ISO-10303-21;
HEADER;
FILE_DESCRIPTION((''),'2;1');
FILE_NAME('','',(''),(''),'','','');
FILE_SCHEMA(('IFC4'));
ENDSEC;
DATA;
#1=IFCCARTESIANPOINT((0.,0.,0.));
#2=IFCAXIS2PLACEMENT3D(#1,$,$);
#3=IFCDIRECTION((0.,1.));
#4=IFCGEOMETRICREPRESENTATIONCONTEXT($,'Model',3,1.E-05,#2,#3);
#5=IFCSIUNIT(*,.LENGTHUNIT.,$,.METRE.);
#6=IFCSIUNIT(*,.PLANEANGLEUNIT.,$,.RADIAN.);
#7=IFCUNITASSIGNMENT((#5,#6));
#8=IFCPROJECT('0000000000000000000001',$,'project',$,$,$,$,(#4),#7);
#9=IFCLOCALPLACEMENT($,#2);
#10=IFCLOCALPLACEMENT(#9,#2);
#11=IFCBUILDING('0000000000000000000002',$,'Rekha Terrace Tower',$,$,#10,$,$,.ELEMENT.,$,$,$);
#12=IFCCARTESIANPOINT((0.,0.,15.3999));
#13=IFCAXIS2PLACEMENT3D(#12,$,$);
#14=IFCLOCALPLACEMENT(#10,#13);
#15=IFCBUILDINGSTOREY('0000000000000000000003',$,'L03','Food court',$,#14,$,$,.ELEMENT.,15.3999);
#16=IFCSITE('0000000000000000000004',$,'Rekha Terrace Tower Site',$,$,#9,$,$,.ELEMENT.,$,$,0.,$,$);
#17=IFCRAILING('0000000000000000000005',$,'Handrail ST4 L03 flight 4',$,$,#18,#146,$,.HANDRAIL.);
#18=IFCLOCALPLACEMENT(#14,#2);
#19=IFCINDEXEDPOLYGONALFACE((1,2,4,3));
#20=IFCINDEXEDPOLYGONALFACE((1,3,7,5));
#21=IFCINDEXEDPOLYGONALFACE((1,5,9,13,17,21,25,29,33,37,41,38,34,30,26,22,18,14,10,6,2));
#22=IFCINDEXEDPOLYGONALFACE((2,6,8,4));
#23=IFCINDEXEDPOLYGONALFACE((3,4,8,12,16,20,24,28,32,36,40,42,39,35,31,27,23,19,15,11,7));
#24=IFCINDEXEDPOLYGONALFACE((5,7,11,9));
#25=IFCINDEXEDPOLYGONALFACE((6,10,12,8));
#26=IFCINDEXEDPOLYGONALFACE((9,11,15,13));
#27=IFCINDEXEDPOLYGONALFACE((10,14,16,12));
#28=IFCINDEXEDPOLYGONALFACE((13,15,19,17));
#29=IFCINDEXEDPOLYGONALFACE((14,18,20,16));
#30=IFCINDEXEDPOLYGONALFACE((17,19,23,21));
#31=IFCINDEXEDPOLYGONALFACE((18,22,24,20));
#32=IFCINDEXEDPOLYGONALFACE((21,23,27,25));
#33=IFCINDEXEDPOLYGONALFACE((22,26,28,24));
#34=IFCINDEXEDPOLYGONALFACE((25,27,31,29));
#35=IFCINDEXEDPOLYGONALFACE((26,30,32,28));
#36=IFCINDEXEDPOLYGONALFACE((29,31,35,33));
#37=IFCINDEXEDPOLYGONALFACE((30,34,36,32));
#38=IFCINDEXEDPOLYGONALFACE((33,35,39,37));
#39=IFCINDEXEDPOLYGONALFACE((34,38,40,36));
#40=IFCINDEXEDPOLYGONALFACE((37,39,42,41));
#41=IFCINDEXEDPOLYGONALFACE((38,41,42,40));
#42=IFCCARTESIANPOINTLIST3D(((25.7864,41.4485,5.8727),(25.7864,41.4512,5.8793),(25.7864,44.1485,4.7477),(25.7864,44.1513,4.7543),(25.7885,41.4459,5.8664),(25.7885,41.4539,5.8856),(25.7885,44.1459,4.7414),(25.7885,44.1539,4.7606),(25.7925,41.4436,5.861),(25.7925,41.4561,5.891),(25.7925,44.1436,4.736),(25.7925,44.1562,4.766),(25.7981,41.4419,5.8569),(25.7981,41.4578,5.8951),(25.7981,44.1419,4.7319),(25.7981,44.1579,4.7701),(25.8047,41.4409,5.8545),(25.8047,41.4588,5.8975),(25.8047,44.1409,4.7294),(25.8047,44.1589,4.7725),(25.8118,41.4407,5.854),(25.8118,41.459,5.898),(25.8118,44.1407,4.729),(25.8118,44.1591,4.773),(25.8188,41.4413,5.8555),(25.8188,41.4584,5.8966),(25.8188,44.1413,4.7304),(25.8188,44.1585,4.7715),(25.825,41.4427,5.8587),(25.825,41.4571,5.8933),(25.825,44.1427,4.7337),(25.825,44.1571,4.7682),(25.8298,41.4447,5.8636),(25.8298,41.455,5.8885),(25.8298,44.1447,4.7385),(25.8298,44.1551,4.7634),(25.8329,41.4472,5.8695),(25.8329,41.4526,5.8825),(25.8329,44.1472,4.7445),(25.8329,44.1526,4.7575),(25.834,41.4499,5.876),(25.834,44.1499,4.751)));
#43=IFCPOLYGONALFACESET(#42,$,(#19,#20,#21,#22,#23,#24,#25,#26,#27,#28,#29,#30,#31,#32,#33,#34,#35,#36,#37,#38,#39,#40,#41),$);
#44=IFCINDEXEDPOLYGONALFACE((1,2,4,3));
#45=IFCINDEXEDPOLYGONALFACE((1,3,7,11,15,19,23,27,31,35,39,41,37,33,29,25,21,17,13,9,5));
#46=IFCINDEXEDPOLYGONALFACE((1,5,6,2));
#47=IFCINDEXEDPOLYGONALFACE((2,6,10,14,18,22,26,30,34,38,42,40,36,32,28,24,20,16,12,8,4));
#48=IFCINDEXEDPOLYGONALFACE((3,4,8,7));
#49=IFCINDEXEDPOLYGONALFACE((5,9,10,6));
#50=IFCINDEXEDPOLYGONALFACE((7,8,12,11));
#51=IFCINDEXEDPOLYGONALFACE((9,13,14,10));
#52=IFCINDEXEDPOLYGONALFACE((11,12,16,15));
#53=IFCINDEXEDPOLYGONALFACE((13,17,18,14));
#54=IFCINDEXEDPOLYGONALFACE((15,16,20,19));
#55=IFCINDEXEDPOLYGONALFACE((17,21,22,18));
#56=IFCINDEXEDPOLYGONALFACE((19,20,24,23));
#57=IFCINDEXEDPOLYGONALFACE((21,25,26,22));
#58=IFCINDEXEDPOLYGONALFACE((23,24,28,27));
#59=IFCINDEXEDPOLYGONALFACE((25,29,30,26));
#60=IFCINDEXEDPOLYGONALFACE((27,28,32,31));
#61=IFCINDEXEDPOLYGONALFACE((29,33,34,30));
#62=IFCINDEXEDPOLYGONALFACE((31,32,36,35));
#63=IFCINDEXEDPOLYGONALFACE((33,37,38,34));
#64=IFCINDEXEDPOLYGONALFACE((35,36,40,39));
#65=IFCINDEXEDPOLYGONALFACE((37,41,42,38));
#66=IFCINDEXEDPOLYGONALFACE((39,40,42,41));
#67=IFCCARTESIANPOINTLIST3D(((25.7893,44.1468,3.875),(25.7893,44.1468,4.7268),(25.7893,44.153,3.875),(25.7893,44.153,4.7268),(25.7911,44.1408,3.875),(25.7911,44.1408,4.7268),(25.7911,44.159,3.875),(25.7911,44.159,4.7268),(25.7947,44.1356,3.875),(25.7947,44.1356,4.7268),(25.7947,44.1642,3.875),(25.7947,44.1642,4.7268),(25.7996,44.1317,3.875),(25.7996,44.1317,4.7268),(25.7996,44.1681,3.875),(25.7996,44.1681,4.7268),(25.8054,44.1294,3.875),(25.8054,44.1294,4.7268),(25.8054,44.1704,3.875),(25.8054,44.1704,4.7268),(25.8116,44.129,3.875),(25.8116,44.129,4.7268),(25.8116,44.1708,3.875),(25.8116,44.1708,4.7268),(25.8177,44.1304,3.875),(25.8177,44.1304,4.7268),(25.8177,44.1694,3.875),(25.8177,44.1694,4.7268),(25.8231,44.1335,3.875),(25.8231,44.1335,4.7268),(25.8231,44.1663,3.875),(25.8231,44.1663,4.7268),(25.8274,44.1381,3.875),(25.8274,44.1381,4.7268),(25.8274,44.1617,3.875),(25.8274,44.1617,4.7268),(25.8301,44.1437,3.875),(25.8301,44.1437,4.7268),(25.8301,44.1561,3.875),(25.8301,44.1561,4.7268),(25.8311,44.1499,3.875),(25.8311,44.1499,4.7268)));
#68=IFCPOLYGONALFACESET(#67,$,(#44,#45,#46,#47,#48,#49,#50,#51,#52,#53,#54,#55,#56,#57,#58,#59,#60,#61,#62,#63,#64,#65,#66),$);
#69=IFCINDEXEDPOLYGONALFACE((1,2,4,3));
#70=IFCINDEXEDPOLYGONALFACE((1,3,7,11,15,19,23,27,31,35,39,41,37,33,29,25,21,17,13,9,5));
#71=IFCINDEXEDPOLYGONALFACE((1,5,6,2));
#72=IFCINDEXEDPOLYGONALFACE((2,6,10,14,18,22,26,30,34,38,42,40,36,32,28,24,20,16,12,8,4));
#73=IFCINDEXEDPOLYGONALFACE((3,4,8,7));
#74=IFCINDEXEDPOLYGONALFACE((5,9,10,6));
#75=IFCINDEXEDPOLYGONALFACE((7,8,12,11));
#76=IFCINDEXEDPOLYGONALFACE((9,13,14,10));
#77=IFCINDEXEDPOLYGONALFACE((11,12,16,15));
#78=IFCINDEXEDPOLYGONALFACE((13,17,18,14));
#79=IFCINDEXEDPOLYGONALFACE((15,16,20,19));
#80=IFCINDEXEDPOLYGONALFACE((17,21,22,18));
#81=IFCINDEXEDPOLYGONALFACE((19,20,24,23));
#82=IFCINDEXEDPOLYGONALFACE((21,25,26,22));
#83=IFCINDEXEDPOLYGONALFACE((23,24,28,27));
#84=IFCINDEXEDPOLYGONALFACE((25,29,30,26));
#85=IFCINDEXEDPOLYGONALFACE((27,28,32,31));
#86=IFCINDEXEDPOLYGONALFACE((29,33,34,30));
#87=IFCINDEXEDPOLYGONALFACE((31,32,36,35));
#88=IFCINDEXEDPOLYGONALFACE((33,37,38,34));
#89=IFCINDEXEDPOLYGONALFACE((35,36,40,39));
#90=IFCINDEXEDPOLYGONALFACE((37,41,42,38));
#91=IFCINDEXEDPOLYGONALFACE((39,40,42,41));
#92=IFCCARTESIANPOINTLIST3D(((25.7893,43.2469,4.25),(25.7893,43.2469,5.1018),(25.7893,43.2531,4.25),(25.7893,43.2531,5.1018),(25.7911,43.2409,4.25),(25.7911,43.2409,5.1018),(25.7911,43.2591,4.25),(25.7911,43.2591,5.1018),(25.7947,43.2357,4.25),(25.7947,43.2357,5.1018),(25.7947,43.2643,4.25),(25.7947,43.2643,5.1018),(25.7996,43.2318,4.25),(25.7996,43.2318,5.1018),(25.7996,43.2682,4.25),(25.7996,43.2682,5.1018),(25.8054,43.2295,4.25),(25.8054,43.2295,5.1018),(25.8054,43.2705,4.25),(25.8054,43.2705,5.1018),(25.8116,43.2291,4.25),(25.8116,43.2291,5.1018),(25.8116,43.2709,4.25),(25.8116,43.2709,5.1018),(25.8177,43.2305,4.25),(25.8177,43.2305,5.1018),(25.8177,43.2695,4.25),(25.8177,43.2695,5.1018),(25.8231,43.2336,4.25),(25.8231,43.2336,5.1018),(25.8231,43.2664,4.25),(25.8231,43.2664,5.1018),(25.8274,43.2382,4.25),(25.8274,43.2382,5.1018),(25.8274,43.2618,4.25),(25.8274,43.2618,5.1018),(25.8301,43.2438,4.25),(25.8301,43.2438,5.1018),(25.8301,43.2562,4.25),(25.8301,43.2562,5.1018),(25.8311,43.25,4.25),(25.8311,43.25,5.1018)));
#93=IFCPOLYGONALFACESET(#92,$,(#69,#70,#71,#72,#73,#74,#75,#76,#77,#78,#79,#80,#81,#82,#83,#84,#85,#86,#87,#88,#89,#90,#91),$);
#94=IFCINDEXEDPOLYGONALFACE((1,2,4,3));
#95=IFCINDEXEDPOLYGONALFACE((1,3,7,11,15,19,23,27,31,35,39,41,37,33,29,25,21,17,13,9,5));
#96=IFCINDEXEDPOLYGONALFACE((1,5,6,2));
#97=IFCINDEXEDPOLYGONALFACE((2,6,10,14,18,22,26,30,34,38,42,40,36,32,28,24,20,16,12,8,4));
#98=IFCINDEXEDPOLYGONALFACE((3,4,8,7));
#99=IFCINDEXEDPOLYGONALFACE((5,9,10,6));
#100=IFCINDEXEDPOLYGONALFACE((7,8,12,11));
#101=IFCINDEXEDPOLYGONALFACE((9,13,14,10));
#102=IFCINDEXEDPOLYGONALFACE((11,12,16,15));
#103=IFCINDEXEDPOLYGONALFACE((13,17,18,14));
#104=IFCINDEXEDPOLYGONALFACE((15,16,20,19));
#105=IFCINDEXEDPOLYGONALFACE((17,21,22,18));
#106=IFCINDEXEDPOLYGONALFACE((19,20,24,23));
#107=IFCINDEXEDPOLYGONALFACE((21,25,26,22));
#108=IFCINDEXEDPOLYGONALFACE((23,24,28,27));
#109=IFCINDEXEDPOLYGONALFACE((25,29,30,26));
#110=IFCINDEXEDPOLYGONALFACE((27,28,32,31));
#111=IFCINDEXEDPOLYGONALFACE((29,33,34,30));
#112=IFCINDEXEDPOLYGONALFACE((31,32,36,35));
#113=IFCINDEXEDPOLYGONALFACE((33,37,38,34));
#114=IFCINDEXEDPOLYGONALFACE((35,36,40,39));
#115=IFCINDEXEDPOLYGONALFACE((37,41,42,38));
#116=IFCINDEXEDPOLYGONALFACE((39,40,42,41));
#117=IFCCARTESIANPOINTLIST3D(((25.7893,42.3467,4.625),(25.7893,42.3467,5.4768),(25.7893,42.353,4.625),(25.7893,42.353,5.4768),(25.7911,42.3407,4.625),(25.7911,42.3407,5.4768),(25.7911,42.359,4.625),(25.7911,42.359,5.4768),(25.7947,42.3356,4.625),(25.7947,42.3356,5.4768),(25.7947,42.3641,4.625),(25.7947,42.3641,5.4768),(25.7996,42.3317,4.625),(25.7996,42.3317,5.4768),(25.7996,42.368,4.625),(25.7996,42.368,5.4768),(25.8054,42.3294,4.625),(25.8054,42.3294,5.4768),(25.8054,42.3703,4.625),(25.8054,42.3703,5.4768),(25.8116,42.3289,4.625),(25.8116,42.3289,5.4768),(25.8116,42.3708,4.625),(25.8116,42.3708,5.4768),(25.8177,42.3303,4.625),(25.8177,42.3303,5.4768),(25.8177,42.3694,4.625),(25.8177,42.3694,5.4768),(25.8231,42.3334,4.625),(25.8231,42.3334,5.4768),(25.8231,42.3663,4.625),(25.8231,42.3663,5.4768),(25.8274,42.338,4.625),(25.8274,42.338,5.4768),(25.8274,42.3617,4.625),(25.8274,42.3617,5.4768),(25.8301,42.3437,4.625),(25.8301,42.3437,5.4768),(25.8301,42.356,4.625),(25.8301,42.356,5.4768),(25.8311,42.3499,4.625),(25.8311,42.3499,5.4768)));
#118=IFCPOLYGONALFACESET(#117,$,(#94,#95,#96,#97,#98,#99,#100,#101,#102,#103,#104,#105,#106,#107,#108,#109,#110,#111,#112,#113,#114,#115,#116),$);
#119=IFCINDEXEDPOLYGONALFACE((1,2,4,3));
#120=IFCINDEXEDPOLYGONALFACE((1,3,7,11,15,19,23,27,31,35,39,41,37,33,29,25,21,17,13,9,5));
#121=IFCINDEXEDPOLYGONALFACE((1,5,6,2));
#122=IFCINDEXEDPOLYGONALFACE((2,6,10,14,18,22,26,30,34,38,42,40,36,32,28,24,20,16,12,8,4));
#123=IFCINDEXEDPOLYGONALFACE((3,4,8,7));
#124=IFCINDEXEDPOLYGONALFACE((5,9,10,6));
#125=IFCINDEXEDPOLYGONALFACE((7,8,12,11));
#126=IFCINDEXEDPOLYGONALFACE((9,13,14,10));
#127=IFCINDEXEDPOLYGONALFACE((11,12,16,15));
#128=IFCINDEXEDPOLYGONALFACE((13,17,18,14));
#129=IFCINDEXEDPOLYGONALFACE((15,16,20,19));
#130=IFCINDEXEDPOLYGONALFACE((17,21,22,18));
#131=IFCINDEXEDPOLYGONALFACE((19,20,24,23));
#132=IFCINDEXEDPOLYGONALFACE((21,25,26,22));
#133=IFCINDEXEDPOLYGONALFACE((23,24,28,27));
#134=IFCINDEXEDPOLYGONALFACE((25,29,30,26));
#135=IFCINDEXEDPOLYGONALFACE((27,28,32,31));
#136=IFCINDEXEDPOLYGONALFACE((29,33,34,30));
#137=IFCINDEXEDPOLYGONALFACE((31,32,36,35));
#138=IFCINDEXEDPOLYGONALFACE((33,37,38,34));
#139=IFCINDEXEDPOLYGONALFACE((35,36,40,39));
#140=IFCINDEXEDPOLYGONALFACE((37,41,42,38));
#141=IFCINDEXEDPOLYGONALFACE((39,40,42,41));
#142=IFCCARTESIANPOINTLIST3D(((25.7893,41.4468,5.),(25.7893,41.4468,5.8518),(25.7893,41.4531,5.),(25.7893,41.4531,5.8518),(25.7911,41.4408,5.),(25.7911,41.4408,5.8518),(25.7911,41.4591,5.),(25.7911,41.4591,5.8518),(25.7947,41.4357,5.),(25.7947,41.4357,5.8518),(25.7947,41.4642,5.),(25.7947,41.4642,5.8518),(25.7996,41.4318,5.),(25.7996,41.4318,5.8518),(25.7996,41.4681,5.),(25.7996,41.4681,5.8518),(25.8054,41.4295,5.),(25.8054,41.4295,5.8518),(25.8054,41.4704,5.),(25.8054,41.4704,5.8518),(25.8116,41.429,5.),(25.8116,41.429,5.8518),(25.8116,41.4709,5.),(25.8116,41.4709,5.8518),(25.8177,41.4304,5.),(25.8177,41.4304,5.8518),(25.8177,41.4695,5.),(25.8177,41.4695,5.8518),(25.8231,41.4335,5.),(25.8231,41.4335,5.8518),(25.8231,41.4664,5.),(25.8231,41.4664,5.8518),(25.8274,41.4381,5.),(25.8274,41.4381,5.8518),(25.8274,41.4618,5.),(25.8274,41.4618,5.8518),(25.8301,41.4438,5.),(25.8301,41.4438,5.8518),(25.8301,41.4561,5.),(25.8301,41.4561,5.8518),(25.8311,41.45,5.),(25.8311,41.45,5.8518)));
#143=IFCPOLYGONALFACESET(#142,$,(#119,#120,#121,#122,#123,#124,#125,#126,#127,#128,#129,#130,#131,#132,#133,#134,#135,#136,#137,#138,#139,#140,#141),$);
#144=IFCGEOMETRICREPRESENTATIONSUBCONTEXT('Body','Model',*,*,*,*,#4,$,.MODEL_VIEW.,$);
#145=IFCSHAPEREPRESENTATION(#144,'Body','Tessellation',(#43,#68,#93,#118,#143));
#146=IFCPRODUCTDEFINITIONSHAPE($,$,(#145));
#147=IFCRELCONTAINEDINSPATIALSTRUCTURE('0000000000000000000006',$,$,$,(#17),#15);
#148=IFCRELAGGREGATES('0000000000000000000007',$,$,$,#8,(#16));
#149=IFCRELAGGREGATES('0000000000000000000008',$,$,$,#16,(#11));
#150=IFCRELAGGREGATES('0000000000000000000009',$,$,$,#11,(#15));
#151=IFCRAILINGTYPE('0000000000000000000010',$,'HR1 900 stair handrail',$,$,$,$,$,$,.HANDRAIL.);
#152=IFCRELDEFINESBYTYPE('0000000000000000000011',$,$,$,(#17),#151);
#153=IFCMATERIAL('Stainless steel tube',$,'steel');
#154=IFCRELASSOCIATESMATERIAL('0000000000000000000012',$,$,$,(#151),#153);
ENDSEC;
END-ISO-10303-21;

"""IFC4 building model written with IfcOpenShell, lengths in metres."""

from ifc_helpers import new_model, si_unit, direction, frame, origin, origin_2d, place, context, subcontext, project, spatial, circle, extrude, material, type_object, element, save


model = new_model("IFC4")

# Units and contexts
model_context = context("Model", 3, precision=1e-05, world=origin(), true_north=direction((0.0, 1.0)))
body_context = subcontext(model_context, "Body", "Model", "MODEL_VIEW")
ifc_project = project(units=[si_unit("LENGTHUNIT", "METRE"), si_unit("PLANEANGLEUNIT", "RADIAN")], contexts=[model_context])

# Site, building, storey
site_placement = place(None, origin())
site = spatial("IfcSite", under=ifc_project, at=site_placement, Name="Rekha Terrace Tower Site", CompositionType="ELEMENT", RefElevation=0.0)
building_placement = place(site_placement, origin())
building = spatial("IfcBuilding", under=site, at=building_placement, Name="Rekha Terrace Tower", CompositionType="ELEMENT")
storey_placement = place(building_placement, frame((0.0, 0.0, 15.3999)))
storey = spatial("IfcBuildingStorey", under=building, at=storey_placement, Name="L03", Description="Food court", CompositionType="ELEMENT", Elevation=15.3999)

# Railing
ifc_material_1 = material(Name="Stainless steel tube", Category="steel")
railing_type_1 = type_object("IfcRailingType", Name="HR1 900 stair handrail", PredefinedType="HANDRAIL", material=ifc_material_1)
railing_1_placement = place(storey_placement, frame((25.8101, 44.1499, 3.875)))
element("IfcRailing", 1, at=railing_1_placement, inside=storey, type_object=railing_type_1, Name="Handrail ST4 L03 flight 4", PredefinedType="HANDRAIL", context=body_context, shape_type="SweptSolid", body=[
    extrude(circle(Radius=0.0239, at=origin_2d()), frame((0.0, 0.0, 0.876), z_axis=(0.0, -0.923074, 0.384621), x_axis=(1.0, 0.0, 0.0)), (0.0, 0.0, 1.0), 2.925),
    extrude(circle(Radius=0.021, at=origin_2d()), origin(), (0.0, 0.0, 1.0), 0.8518),
    extrude(circle(Radius=0.021, at=origin_2d()), frame((0.0, -0.8999, 0.375)), (0.0, 0.0, 1.0), 0.8518),
    extrude(circle(Radius=0.021, at=origin_2d()), frame((0.0, -1.8, 0.75)), (0.0, 0.0, 1.0), 0.8518),
    extrude(circle(Radius=0.021, at=origin_2d()), frame((0.0, -2.7, 1.125)), (0.0, 0.0, 1.0), 0.8518),
])

save(model, "model.ifc")
